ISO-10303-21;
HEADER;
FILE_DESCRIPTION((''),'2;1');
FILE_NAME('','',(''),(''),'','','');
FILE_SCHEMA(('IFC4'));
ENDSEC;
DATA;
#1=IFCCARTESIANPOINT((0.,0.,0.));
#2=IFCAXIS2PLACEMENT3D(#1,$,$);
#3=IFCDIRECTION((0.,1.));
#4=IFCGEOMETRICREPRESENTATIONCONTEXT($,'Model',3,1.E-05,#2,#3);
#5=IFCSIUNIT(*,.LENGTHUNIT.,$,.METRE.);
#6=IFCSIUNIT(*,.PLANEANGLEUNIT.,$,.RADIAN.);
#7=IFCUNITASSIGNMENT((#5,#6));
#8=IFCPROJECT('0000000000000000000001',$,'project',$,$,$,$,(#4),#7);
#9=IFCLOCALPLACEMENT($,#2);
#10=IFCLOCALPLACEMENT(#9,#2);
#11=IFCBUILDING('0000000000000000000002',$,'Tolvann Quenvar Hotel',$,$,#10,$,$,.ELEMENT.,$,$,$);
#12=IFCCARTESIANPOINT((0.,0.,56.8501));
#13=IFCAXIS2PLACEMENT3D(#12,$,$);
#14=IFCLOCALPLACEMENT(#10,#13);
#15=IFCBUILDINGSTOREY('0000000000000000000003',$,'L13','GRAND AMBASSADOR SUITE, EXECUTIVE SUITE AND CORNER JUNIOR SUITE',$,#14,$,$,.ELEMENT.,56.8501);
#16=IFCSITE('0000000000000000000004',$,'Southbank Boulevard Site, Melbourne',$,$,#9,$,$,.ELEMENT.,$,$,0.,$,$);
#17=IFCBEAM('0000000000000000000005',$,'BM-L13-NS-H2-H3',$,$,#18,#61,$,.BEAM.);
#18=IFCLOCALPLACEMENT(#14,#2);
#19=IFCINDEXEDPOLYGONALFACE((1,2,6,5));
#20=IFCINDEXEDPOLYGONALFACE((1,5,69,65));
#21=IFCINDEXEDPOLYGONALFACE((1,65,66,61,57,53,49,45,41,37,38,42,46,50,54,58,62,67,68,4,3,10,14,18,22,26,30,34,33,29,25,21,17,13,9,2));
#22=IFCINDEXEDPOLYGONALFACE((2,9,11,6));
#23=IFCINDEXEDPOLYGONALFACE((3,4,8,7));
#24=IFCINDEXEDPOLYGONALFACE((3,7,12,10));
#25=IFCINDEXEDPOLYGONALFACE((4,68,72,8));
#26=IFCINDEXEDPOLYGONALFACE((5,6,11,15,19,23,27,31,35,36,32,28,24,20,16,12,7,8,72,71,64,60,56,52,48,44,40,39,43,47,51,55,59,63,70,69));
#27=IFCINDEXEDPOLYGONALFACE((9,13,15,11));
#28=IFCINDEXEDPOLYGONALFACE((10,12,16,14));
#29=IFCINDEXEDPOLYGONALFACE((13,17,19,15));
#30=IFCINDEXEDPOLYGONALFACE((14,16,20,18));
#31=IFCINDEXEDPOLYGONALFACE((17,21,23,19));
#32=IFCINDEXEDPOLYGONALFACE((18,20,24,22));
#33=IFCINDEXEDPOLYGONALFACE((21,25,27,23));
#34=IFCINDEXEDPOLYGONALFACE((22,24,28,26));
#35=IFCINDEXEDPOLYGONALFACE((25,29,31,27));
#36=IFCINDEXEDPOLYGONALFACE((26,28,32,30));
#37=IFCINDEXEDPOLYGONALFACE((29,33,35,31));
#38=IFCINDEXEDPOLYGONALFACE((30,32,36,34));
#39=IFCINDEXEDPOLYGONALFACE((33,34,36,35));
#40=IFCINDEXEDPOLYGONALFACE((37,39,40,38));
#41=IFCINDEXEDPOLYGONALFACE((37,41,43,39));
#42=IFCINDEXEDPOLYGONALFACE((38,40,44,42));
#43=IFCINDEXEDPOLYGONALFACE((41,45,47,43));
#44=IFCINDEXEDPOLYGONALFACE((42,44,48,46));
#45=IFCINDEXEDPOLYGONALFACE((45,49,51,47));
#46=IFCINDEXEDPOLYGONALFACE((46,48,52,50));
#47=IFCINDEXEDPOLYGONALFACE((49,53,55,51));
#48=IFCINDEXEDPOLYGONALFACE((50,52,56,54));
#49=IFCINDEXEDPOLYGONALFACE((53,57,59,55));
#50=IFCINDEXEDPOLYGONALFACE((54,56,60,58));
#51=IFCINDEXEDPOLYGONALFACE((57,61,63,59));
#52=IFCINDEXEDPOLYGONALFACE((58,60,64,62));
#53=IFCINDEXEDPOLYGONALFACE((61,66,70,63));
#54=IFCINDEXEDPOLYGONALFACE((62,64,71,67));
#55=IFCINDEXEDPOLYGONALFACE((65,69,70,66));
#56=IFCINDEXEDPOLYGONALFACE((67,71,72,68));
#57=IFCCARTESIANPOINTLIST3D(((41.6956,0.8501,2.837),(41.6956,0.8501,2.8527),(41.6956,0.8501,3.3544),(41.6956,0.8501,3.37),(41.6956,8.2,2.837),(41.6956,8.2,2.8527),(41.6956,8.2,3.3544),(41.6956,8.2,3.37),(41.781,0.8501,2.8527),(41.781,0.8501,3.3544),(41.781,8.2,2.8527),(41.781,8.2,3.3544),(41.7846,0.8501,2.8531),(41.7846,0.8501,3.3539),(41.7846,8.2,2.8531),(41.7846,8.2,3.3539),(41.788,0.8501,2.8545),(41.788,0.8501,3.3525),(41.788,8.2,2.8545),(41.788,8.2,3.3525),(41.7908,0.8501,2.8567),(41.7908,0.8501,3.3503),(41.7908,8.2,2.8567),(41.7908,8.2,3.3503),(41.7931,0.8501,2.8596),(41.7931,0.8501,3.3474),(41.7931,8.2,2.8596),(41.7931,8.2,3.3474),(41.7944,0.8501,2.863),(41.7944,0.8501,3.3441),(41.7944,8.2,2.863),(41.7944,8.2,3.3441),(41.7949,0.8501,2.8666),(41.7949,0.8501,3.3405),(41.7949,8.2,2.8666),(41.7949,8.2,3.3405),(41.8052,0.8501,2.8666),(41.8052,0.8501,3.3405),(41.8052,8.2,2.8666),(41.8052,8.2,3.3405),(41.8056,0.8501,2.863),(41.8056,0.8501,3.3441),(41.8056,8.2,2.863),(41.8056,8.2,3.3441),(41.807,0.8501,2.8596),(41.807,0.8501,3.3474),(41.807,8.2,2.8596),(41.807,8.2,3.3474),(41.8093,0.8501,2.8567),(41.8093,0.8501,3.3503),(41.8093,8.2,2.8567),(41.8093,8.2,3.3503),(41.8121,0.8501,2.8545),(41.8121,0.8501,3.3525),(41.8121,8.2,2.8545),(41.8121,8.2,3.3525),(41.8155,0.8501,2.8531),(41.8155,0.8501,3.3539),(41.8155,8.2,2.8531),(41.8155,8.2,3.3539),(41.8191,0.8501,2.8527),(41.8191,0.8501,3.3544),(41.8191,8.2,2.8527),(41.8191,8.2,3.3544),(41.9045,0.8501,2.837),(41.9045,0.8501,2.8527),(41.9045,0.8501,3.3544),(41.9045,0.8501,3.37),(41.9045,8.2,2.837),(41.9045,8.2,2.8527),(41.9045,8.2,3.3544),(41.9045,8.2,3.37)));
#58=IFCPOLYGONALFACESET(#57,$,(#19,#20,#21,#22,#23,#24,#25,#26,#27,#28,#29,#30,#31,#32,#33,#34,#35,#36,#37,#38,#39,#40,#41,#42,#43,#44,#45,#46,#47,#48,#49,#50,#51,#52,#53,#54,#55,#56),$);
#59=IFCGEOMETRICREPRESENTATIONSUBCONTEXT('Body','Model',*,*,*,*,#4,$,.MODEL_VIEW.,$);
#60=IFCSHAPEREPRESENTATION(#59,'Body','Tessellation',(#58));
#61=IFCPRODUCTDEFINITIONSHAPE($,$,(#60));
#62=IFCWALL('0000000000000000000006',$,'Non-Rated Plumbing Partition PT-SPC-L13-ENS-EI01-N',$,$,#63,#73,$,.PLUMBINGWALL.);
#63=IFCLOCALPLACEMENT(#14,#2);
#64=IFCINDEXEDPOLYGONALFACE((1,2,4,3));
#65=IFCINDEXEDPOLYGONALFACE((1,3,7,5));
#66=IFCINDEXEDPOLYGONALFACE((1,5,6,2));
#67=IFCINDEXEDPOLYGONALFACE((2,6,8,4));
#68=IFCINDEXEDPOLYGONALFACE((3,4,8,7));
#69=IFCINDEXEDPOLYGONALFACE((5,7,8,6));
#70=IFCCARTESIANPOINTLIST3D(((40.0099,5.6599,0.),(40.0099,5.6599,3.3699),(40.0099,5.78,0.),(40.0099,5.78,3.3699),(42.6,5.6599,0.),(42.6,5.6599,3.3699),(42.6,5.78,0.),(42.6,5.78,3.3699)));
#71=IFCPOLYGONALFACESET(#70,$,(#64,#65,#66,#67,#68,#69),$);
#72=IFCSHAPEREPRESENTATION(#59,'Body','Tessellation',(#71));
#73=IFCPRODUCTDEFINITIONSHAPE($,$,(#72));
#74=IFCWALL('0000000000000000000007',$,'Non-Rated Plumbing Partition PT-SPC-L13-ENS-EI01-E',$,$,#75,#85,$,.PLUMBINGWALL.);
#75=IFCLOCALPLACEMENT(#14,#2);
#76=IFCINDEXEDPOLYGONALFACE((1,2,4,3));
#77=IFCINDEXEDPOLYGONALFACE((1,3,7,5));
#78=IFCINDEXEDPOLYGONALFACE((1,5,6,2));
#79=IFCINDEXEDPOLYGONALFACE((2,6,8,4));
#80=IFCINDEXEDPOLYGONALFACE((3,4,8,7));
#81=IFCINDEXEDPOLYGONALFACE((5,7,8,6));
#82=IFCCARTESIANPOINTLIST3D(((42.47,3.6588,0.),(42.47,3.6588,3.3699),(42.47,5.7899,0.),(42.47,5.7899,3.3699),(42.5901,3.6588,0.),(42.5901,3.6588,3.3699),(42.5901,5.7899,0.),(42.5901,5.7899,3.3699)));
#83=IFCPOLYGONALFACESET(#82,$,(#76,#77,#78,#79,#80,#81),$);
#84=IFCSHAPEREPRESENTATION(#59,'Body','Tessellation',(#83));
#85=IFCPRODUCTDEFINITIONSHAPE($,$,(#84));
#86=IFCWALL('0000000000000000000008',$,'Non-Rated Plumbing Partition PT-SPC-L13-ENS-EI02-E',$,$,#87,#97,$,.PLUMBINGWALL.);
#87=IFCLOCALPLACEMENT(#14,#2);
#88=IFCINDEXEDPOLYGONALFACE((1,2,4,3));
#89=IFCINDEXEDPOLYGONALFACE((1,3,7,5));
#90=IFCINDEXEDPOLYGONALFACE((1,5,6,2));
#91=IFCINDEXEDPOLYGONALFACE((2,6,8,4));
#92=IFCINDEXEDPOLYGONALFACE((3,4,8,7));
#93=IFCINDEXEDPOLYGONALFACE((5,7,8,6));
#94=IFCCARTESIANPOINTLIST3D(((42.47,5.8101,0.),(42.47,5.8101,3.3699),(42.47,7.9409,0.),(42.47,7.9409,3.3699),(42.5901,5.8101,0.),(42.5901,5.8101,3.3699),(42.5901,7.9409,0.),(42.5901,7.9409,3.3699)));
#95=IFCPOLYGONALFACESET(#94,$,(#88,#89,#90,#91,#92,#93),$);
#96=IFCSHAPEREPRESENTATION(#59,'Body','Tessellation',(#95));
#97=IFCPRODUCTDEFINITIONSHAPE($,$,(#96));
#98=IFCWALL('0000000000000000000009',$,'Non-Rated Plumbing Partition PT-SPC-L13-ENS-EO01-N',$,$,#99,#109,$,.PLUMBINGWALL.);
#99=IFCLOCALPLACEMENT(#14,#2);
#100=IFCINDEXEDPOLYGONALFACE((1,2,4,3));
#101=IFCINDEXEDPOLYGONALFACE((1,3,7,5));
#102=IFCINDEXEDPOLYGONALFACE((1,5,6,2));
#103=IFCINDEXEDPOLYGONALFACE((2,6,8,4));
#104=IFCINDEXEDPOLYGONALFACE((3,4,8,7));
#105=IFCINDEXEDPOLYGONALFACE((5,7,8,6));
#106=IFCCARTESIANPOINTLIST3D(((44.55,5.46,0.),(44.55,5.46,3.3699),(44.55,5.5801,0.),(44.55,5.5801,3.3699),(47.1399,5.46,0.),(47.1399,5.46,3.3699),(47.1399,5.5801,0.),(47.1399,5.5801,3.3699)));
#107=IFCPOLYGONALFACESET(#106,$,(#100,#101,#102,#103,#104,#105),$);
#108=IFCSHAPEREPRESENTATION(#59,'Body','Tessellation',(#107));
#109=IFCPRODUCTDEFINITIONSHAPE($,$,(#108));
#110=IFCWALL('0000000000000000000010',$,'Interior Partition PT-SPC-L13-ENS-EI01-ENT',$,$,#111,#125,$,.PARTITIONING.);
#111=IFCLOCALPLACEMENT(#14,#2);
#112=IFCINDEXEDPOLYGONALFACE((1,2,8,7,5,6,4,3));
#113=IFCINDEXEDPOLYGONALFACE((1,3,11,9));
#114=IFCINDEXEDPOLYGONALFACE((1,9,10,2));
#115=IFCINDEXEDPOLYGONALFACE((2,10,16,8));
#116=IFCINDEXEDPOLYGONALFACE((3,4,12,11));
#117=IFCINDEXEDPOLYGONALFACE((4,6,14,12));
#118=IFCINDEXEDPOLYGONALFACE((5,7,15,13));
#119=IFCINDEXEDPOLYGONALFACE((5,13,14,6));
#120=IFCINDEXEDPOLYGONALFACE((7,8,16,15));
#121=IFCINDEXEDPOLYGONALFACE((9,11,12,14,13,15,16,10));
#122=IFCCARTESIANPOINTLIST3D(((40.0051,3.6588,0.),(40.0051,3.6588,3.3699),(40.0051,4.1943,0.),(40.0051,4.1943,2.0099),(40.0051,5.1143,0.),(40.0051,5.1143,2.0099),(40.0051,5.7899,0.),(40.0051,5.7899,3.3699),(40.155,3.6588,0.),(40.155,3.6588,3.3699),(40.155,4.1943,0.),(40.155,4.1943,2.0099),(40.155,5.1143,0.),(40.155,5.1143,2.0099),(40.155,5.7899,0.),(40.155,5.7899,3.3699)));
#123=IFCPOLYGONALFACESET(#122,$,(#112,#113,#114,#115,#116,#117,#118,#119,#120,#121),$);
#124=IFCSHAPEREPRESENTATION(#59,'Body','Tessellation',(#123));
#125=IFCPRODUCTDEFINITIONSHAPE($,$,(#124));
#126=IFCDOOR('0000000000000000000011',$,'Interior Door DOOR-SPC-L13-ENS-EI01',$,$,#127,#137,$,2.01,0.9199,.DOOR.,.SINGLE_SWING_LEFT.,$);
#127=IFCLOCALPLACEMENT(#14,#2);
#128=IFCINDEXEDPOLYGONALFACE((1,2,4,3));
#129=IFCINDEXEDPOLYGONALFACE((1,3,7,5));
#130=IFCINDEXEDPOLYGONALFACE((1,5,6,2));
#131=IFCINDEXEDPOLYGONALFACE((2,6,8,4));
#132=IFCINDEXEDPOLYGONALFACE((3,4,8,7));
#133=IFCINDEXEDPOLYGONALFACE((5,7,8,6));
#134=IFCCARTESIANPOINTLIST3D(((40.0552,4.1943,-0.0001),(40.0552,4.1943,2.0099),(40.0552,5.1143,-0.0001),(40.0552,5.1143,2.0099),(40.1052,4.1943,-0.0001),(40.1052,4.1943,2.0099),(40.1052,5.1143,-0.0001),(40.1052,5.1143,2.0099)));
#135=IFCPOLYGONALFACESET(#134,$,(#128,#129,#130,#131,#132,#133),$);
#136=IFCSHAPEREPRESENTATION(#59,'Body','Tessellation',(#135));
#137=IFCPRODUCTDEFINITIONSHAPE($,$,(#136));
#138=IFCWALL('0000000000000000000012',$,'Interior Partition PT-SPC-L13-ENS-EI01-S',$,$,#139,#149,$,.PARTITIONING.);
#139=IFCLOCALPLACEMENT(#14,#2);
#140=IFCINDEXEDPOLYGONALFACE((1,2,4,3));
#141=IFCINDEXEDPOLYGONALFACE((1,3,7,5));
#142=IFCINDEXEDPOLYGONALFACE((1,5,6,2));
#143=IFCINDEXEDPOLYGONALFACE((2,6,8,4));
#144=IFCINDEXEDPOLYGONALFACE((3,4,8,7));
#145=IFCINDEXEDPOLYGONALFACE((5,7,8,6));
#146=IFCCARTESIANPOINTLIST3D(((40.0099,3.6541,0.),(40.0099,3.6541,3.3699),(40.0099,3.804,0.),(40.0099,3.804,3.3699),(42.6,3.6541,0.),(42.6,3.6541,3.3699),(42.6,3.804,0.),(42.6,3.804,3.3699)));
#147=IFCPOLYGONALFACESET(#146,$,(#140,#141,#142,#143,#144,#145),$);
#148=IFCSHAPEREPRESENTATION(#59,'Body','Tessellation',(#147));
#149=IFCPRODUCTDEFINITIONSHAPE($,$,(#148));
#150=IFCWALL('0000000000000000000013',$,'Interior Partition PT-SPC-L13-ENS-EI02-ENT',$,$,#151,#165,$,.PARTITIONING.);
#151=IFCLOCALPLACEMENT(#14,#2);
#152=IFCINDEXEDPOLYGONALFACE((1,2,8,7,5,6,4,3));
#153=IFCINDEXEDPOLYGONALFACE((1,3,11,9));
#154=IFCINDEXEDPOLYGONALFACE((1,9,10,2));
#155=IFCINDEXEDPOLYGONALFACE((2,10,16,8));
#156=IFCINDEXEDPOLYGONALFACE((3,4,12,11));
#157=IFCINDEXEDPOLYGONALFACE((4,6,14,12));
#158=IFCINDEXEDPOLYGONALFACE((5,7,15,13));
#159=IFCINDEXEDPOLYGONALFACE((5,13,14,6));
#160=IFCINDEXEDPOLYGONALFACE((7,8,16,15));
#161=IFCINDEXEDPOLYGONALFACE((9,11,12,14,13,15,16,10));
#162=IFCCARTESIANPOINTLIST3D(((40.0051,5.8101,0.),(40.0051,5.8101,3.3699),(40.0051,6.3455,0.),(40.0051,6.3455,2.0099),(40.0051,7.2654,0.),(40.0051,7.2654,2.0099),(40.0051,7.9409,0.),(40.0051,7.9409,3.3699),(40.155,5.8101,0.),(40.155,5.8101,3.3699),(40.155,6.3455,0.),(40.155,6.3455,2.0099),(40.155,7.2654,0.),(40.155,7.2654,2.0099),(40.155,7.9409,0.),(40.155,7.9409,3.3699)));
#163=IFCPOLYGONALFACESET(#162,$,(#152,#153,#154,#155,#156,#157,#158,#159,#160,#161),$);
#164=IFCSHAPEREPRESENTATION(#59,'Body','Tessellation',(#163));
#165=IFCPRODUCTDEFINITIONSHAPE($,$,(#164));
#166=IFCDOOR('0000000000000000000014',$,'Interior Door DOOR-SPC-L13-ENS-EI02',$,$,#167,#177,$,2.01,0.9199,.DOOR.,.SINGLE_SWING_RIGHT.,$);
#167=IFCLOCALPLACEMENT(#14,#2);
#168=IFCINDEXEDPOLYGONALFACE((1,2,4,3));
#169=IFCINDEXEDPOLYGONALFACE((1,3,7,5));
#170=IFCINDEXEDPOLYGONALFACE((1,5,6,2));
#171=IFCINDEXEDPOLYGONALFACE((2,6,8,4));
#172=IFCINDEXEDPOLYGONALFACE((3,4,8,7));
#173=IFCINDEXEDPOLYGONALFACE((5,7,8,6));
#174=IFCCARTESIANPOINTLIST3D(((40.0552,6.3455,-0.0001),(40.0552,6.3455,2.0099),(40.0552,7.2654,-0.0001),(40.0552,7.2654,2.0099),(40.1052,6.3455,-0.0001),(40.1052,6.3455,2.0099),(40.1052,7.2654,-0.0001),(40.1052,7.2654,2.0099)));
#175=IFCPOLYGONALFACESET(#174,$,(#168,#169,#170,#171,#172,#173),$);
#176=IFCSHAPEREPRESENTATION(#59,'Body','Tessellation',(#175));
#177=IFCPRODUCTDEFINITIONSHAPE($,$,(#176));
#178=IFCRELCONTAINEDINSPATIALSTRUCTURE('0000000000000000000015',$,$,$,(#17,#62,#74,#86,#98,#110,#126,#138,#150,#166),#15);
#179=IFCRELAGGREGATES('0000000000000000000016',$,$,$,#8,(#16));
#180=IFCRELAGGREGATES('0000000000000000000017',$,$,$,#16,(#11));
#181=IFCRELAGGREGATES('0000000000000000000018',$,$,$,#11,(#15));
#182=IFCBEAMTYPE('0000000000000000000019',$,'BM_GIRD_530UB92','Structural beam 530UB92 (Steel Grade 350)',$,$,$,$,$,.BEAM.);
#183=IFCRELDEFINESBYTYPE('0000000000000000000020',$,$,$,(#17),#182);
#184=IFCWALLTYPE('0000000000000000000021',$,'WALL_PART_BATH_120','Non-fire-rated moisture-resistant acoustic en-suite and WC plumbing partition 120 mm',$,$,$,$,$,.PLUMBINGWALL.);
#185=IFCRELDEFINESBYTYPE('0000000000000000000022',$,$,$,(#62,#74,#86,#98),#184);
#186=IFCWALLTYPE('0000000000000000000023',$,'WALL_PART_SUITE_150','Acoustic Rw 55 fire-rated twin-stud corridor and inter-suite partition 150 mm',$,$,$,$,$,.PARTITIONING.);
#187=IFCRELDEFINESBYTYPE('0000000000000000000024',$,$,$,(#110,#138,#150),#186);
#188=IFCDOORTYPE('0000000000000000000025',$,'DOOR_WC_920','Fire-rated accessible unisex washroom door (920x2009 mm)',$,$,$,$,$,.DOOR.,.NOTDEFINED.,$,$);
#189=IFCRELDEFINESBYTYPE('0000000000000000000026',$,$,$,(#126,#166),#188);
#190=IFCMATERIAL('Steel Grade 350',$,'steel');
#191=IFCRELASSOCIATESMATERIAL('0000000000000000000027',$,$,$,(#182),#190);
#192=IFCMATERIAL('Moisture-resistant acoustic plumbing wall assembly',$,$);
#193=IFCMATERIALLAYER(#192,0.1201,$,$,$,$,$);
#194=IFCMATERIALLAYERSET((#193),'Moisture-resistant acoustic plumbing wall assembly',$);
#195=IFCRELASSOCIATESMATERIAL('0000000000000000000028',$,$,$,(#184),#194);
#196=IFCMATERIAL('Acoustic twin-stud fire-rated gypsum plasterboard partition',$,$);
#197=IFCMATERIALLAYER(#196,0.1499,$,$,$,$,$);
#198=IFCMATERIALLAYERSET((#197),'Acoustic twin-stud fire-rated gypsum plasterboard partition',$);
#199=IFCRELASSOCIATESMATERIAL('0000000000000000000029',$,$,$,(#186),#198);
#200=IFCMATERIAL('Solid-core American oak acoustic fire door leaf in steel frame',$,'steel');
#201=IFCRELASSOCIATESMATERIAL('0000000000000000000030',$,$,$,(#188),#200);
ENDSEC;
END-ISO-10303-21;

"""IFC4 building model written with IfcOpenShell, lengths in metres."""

from ifc_helpers import new_model, si_unit, direction, frame, frame_2d, origin, origin_2d, place, context, subcontext, project, spatial, rectangle, i_section, extrude, source, transform, mapped, material, layer, layer_set, material_profile, profile_set, type_object, type_shapes, element, fill, save


model = new_model("IFC4")

# Units and contexts
model_context = context("Model", 3, precision=1e-05, world=origin(), true_north=direction((0.0, 1.0)))
body_context = subcontext(model_context, "Body", "Model", "MODEL_VIEW")
ifc_project = project(units=[si_unit("LENGTHUNIT", "METRE"), si_unit("PLANEANGLEUNIT", "RADIAN")], contexts=[model_context])

# Site, building, storey
site_placement = place(None, origin())
site = spatial("IfcSite", under=ifc_project, at=site_placement, Name="Southbank Boulevard Site, Melbourne", CompositionType="ELEMENT", RefElevation=0.0)
building_placement = place(site_placement, origin())
building = spatial("IfcBuilding", under=site, at=building_placement, Name="Tolvann Quenvar Hotel", CompositionType="ELEMENT")
storey_placement = place(building_placement, frame((0.0, 0.0, 56.8501)))
storey = spatial("IfcBuildingStorey", under=building, at=storey_placement, Name="L13", Description="GRAND AMBASSADOR SUITE, EXECUTIVE SUITE AND CORNER JUNIOR SUITE", CompositionType="ELEMENT", Elevation=56.8501)

# Beam
ifc_material_1 = material(Name="Steel Grade 350", Category="steel")
ifc_material_profile_1 = material_profile(ifc_material_1, i_section(OverallWidth=0.209, OverallDepth=0.533, WebThickness=0.0103, FlangeThickness=0.0156, FilletRadius=0.0139, at=origin_2d()), Name="530UB92")
ifc_profile_set_1 = profile_set([ifc_material_profile_1], Name="Steel Grade 350")
beam_type_1 = type_object("IfcBeamType", Name="BM_GIRD_530UB92", Description="Structural beam 530UB92 (Steel Grade 350)", PredefinedType="BEAM", material=ifc_profile_set_1)
shared_shape_1 = source(origin(), body_context, "Body", "SweptSolid", [
    extrude(i_section(OverallWidth=0.209, OverallDepth=0.533, WebThickness=0.0103, FlangeThickness=0.0156, FilletRadius=0.0139, at=origin_2d()), origin(), (0.0, 0.0, 1.0), 7.3499),
])
type_shapes(beam_type_1, [shared_shape_1])
for number, where, z_axis, x_axis, name in (
    (1, (41.8, 0.8501, 3.1035), (0.0, 1.0, 0.0), (-1.0, 0.0, 0.0), "BM-L13-NS-H2-H3"),
):
    element("IfcBeam", number, at=place(storey_placement, frame(where, z_axis=z_axis, x_axis=x_axis)), inside=storey, type_object=beam_type_1, Name=name, PredefinedType="BEAM", context=body_context, shape_type="MappedRepresentation", body=[
        mapped(shared_shape_1, transform((0.0, 0.0, 0.0), x_axis=(1.0, 0.0, 0.0), y_axis=(0.0, 1.0, 0.0), z_axis=(0.0, 0.0, 1.0), scale=1.0)),
    ])

# Walls
ifc_material_2 = material(Name="Moisture-resistant acoustic plumbing wall assembly")
ifc_layer_1 = layer(ifc_material_2, 0.1201)
ifc_layer_set_1 = layer_set([ifc_layer_1], Name="Moisture-resistant acoustic plumbing wall assembly")
wall_type_1 = type_object("IfcWallType", Name="WALL_PART_BATH_120", Description="Non-fire-rated moisture-resistant acoustic en-suite and WC plumbing partition 120 mm", PredefinedType="PLUMBINGWALL", material=ifc_layer_set_1)
wall_1_placement = place(storey_placement, frame((40.01, 5.72, 0.0), z_axis=(0.0, 0.0, 1.0), x_axis=(1.0, 0.0, 0.0)))
element("IfcWall", 2, at=wall_1_placement, inside=storey, type_object=wall_type_1, Name="Non-Rated Plumbing Partition PT-SPC-L13-ENS-EI01-N", PredefinedType="PLUMBINGWALL", context=body_context, shape_type="SweptSolid", body=[
    extrude(rectangle(XDim=2.5901, YDim=0.1201, at=frame_2d((1.2949, 0.0))), origin(), (0.0, 0.0, 1.0), 3.3699),
])
wall_2_placement = place(storey_placement, frame((42.53, 3.6589, 0.0), z_axis=(0.0, 0.0, 1.0), x_axis=(0.0, 1.0, 0.0)))
element("IfcWall", 3, at=wall_2_placement, inside=storey, type_object=wall_type_1, Name="Non-Rated Plumbing Partition PT-SPC-L13-ENS-EI01-E", PredefinedType="PLUMBINGWALL", context=body_context, shape_type="SweptSolid", body=[
    extrude(rectangle(XDim=2.1311, YDim=0.1201, at=frame_2d((1.0654, 0.0))), origin(), (0.0, 0.0, 1.0), 3.3699),
])
wall_3_placement = place(storey_placement, frame((42.53, 5.8101, 0.0), z_axis=(0.0, 0.0, 1.0), x_axis=(0.0, 1.0, 0.0)))
element("IfcWall", 4, at=wall_3_placement, inside=storey, type_object=wall_type_1, Name="Non-Rated Plumbing Partition PT-SPC-L13-ENS-EI02-E", PredefinedType="PLUMBINGWALL", context=body_context, shape_type="SweptSolid", body=[
    extrude(rectangle(XDim=2.1309, YDim=0.1201, at=frame_2d((1.0654, 0.0))), origin(), (0.0, 0.0, 1.0), 3.3699),
])
wall_4_placement = place(storey_placement, frame((44.55, 5.52, 0.0), z_axis=(0.0, 0.0, 1.0), x_axis=(1.0, 0.0, 0.0)))
element("IfcWall", 5, at=wall_4_placement, inside=storey, type_object=wall_type_1, Name="Non-Rated Plumbing Partition PT-SPC-L13-ENS-EO01-N", PredefinedType="PLUMBINGWALL", context=body_context, shape_type="SweptSolid", body=[
    extrude(rectangle(XDim=2.5898, YDim=0.1201, at=frame_2d((1.2949, 0.0))), origin(), (0.0, 0.0, 1.0), 3.3699),
])

# Wall, opening, door
ifc_material_3 = material(Name="Acoustic twin-stud fire-rated gypsum plasterboard partition")
ifc_layer_2 = layer(ifc_material_3, 0.1499)
ifc_layer_set_2 = layer_set([ifc_layer_2], Name="Acoustic twin-stud fire-rated gypsum plasterboard partition")
wall_type_2 = type_object("IfcWallType", Name="WALL_PART_SUITE_150", Description="Acoustic Rw 55 fire-rated twin-stud corridor and inter-suite partition 150 mm", PredefinedType="PARTITIONING", material=ifc_layer_set_2)
wall_5_placement = place(storey_placement, frame((40.0801, 3.6589, 0.0), z_axis=(0.0, 0.0, 1.0), x_axis=(0.0, 1.0, 0.0)))
wall_5 = element("IfcWall", 6, at=wall_5_placement, inside=storey, type_object=wall_type_2, Name="Interior Partition PT-SPC-L13-ENS-EI01-ENT", PredefinedType="PARTITIONING", context=body_context, shape_type="SweptSolid", body=[
    extrude(rectangle(XDim=2.1311, YDim=0.1499, at=frame_2d((1.0654, 0.0))), origin(), (0.0, 0.0, 1.0), 3.3699),
])
opening_1_placement = place(wall_5_placement, frame((0.5354, 0.0, 0.0)))
opening_1 = element("IfcOpeningElement", 7, at=opening_1_placement, cuts=wall_5, PredefinedType="OPENING", context=body_context, shape_type="SweptSolid", body=[
    extrude(rectangle(XDim=0.9199, YDim=2.01, at=frame_2d((0.46, 1.0049))), frame((0.0, 0.085, 0.0), z_axis=(0.0, -1.0, 0.0), x_axis=(1.0, 0.0, 0.0)), (0.0, 0.0, 1.0), 0.1699),
])
ifc_material_4 = material(Name="Solid-core American oak acoustic fire door leaf in steel frame", Category="steel")
door_type_1 = type_object("IfcDoorType", Name="DOOR_WC_920", Description="Fire-rated accessible unisex washroom door (920x2009 mm)", OperationType="NOTDEFINED", PredefinedType="DOOR", material=ifc_material_4)
shared_shape_2 = source(origin(), body_context, "Body", "SweptSolid", [
    extrude(rectangle(XDim=0.9199, YDim=2.01, at=frame_2d((0.46, 1.0049))), frame((0.0, 0.0249, 0.0), z_axis=(0.0, -1.0, 0.0), x_axis=(1.0, 0.0, 0.0)), (0.0, 0.0, 1.0), 0.05),
])
type_shapes(door_type_1, [shared_shape_2])
door_1_placement = place(opening_1_placement, origin())
door_1 = element("IfcDoor", 8, at=door_1_placement, inside=storey, type_object=door_type_1, Name="Interior Door DOOR-SPC-L13-ENS-EI01", OperationType="SINGLE_SWING_LEFT", OverallHeight=2.01, OverallWidth=0.9199, PredefinedType="DOOR", context=body_context, shape_type="MappedRepresentation", body=[
    mapped(shared_shape_2, transform((0.0, 0.0, 0.0), x_axis=(1.0, 0.0, 0.0), y_axis=(0.0, 1.0, 0.0), z_axis=(0.0, 0.0, 1.0), scale=1.0)),
])
fill(opening_1, door_1)

# Wall
wall_6_placement = place(storey_placement, frame((40.01, 3.729, 0.0), z_axis=(0.0, 0.0, 1.0), x_axis=(1.0, 0.0, 0.0)))
element("IfcWall", 9, at=wall_6_placement, inside=storey, type_object=wall_type_2, Name="Interior Partition PT-SPC-L13-ENS-EI01-S", PredefinedType="PARTITIONING", context=body_context, shape_type="SweptSolid", body=[
    extrude(rectangle(XDim=2.5901, YDim=0.1499, at=frame_2d((1.2949, 0.0))), origin(), (0.0, 0.0, 1.0), 3.3699),
])

# Wall, opening, door
wall_7_placement = place(storey_placement, frame((40.0801, 5.8101, 0.0), z_axis=(0.0, 0.0, 1.0), x_axis=(0.0, 1.0, 0.0)))
wall_7 = element("IfcWall", 10, at=wall_7_placement, inside=storey, type_object=wall_type_2, Name="Interior Partition PT-SPC-L13-ENS-EI02-ENT", PredefinedType="PARTITIONING", context=body_context, shape_type="SweptSolid", body=[
    extrude(rectangle(XDim=2.1309, YDim=0.1499, at=frame_2d((1.0654, 0.0))), origin(), (0.0, 0.0, 1.0), 3.3699),
])
opening_2_placement = place(wall_7_placement, frame((0.5354, 0.0, 0.0)))
opening_2 = element("IfcOpeningElement", 11, at=opening_2_placement, cuts=wall_7, PredefinedType="OPENING", context=body_context, shape_type="SweptSolid", body=[
    extrude(rectangle(XDim=0.9199, YDim=2.01, at=frame_2d((0.46, 1.0049))), frame((0.0, 0.085, 0.0), z_axis=(0.0, -1.0, 0.0), x_axis=(1.0, 0.0, 0.0)), (0.0, 0.0, 1.0), 0.1699),
])
door_2_placement = place(opening_2_placement, origin())
door_2 = element("IfcDoor", 12, at=door_2_placement, inside=storey, type_object=door_type_1, Name="Interior Door DOOR-SPC-L13-ENS-EI02", OperationType="SINGLE_SWING_RIGHT", OverallHeight=2.01, OverallWidth=0.9199, PredefinedType="DOOR", context=body_context, shape_type="MappedRepresentation", body=[
    mapped(shared_shape_2, transform((0.0, 0.0, 0.0), x_axis=(1.0, 0.0, 0.0), y_axis=(0.0, 1.0, 0.0), z_axis=(0.0, 0.0, 1.0), scale=1.0)),
])
fill(opening_2, door_2)

save(model, "model.ifc")
